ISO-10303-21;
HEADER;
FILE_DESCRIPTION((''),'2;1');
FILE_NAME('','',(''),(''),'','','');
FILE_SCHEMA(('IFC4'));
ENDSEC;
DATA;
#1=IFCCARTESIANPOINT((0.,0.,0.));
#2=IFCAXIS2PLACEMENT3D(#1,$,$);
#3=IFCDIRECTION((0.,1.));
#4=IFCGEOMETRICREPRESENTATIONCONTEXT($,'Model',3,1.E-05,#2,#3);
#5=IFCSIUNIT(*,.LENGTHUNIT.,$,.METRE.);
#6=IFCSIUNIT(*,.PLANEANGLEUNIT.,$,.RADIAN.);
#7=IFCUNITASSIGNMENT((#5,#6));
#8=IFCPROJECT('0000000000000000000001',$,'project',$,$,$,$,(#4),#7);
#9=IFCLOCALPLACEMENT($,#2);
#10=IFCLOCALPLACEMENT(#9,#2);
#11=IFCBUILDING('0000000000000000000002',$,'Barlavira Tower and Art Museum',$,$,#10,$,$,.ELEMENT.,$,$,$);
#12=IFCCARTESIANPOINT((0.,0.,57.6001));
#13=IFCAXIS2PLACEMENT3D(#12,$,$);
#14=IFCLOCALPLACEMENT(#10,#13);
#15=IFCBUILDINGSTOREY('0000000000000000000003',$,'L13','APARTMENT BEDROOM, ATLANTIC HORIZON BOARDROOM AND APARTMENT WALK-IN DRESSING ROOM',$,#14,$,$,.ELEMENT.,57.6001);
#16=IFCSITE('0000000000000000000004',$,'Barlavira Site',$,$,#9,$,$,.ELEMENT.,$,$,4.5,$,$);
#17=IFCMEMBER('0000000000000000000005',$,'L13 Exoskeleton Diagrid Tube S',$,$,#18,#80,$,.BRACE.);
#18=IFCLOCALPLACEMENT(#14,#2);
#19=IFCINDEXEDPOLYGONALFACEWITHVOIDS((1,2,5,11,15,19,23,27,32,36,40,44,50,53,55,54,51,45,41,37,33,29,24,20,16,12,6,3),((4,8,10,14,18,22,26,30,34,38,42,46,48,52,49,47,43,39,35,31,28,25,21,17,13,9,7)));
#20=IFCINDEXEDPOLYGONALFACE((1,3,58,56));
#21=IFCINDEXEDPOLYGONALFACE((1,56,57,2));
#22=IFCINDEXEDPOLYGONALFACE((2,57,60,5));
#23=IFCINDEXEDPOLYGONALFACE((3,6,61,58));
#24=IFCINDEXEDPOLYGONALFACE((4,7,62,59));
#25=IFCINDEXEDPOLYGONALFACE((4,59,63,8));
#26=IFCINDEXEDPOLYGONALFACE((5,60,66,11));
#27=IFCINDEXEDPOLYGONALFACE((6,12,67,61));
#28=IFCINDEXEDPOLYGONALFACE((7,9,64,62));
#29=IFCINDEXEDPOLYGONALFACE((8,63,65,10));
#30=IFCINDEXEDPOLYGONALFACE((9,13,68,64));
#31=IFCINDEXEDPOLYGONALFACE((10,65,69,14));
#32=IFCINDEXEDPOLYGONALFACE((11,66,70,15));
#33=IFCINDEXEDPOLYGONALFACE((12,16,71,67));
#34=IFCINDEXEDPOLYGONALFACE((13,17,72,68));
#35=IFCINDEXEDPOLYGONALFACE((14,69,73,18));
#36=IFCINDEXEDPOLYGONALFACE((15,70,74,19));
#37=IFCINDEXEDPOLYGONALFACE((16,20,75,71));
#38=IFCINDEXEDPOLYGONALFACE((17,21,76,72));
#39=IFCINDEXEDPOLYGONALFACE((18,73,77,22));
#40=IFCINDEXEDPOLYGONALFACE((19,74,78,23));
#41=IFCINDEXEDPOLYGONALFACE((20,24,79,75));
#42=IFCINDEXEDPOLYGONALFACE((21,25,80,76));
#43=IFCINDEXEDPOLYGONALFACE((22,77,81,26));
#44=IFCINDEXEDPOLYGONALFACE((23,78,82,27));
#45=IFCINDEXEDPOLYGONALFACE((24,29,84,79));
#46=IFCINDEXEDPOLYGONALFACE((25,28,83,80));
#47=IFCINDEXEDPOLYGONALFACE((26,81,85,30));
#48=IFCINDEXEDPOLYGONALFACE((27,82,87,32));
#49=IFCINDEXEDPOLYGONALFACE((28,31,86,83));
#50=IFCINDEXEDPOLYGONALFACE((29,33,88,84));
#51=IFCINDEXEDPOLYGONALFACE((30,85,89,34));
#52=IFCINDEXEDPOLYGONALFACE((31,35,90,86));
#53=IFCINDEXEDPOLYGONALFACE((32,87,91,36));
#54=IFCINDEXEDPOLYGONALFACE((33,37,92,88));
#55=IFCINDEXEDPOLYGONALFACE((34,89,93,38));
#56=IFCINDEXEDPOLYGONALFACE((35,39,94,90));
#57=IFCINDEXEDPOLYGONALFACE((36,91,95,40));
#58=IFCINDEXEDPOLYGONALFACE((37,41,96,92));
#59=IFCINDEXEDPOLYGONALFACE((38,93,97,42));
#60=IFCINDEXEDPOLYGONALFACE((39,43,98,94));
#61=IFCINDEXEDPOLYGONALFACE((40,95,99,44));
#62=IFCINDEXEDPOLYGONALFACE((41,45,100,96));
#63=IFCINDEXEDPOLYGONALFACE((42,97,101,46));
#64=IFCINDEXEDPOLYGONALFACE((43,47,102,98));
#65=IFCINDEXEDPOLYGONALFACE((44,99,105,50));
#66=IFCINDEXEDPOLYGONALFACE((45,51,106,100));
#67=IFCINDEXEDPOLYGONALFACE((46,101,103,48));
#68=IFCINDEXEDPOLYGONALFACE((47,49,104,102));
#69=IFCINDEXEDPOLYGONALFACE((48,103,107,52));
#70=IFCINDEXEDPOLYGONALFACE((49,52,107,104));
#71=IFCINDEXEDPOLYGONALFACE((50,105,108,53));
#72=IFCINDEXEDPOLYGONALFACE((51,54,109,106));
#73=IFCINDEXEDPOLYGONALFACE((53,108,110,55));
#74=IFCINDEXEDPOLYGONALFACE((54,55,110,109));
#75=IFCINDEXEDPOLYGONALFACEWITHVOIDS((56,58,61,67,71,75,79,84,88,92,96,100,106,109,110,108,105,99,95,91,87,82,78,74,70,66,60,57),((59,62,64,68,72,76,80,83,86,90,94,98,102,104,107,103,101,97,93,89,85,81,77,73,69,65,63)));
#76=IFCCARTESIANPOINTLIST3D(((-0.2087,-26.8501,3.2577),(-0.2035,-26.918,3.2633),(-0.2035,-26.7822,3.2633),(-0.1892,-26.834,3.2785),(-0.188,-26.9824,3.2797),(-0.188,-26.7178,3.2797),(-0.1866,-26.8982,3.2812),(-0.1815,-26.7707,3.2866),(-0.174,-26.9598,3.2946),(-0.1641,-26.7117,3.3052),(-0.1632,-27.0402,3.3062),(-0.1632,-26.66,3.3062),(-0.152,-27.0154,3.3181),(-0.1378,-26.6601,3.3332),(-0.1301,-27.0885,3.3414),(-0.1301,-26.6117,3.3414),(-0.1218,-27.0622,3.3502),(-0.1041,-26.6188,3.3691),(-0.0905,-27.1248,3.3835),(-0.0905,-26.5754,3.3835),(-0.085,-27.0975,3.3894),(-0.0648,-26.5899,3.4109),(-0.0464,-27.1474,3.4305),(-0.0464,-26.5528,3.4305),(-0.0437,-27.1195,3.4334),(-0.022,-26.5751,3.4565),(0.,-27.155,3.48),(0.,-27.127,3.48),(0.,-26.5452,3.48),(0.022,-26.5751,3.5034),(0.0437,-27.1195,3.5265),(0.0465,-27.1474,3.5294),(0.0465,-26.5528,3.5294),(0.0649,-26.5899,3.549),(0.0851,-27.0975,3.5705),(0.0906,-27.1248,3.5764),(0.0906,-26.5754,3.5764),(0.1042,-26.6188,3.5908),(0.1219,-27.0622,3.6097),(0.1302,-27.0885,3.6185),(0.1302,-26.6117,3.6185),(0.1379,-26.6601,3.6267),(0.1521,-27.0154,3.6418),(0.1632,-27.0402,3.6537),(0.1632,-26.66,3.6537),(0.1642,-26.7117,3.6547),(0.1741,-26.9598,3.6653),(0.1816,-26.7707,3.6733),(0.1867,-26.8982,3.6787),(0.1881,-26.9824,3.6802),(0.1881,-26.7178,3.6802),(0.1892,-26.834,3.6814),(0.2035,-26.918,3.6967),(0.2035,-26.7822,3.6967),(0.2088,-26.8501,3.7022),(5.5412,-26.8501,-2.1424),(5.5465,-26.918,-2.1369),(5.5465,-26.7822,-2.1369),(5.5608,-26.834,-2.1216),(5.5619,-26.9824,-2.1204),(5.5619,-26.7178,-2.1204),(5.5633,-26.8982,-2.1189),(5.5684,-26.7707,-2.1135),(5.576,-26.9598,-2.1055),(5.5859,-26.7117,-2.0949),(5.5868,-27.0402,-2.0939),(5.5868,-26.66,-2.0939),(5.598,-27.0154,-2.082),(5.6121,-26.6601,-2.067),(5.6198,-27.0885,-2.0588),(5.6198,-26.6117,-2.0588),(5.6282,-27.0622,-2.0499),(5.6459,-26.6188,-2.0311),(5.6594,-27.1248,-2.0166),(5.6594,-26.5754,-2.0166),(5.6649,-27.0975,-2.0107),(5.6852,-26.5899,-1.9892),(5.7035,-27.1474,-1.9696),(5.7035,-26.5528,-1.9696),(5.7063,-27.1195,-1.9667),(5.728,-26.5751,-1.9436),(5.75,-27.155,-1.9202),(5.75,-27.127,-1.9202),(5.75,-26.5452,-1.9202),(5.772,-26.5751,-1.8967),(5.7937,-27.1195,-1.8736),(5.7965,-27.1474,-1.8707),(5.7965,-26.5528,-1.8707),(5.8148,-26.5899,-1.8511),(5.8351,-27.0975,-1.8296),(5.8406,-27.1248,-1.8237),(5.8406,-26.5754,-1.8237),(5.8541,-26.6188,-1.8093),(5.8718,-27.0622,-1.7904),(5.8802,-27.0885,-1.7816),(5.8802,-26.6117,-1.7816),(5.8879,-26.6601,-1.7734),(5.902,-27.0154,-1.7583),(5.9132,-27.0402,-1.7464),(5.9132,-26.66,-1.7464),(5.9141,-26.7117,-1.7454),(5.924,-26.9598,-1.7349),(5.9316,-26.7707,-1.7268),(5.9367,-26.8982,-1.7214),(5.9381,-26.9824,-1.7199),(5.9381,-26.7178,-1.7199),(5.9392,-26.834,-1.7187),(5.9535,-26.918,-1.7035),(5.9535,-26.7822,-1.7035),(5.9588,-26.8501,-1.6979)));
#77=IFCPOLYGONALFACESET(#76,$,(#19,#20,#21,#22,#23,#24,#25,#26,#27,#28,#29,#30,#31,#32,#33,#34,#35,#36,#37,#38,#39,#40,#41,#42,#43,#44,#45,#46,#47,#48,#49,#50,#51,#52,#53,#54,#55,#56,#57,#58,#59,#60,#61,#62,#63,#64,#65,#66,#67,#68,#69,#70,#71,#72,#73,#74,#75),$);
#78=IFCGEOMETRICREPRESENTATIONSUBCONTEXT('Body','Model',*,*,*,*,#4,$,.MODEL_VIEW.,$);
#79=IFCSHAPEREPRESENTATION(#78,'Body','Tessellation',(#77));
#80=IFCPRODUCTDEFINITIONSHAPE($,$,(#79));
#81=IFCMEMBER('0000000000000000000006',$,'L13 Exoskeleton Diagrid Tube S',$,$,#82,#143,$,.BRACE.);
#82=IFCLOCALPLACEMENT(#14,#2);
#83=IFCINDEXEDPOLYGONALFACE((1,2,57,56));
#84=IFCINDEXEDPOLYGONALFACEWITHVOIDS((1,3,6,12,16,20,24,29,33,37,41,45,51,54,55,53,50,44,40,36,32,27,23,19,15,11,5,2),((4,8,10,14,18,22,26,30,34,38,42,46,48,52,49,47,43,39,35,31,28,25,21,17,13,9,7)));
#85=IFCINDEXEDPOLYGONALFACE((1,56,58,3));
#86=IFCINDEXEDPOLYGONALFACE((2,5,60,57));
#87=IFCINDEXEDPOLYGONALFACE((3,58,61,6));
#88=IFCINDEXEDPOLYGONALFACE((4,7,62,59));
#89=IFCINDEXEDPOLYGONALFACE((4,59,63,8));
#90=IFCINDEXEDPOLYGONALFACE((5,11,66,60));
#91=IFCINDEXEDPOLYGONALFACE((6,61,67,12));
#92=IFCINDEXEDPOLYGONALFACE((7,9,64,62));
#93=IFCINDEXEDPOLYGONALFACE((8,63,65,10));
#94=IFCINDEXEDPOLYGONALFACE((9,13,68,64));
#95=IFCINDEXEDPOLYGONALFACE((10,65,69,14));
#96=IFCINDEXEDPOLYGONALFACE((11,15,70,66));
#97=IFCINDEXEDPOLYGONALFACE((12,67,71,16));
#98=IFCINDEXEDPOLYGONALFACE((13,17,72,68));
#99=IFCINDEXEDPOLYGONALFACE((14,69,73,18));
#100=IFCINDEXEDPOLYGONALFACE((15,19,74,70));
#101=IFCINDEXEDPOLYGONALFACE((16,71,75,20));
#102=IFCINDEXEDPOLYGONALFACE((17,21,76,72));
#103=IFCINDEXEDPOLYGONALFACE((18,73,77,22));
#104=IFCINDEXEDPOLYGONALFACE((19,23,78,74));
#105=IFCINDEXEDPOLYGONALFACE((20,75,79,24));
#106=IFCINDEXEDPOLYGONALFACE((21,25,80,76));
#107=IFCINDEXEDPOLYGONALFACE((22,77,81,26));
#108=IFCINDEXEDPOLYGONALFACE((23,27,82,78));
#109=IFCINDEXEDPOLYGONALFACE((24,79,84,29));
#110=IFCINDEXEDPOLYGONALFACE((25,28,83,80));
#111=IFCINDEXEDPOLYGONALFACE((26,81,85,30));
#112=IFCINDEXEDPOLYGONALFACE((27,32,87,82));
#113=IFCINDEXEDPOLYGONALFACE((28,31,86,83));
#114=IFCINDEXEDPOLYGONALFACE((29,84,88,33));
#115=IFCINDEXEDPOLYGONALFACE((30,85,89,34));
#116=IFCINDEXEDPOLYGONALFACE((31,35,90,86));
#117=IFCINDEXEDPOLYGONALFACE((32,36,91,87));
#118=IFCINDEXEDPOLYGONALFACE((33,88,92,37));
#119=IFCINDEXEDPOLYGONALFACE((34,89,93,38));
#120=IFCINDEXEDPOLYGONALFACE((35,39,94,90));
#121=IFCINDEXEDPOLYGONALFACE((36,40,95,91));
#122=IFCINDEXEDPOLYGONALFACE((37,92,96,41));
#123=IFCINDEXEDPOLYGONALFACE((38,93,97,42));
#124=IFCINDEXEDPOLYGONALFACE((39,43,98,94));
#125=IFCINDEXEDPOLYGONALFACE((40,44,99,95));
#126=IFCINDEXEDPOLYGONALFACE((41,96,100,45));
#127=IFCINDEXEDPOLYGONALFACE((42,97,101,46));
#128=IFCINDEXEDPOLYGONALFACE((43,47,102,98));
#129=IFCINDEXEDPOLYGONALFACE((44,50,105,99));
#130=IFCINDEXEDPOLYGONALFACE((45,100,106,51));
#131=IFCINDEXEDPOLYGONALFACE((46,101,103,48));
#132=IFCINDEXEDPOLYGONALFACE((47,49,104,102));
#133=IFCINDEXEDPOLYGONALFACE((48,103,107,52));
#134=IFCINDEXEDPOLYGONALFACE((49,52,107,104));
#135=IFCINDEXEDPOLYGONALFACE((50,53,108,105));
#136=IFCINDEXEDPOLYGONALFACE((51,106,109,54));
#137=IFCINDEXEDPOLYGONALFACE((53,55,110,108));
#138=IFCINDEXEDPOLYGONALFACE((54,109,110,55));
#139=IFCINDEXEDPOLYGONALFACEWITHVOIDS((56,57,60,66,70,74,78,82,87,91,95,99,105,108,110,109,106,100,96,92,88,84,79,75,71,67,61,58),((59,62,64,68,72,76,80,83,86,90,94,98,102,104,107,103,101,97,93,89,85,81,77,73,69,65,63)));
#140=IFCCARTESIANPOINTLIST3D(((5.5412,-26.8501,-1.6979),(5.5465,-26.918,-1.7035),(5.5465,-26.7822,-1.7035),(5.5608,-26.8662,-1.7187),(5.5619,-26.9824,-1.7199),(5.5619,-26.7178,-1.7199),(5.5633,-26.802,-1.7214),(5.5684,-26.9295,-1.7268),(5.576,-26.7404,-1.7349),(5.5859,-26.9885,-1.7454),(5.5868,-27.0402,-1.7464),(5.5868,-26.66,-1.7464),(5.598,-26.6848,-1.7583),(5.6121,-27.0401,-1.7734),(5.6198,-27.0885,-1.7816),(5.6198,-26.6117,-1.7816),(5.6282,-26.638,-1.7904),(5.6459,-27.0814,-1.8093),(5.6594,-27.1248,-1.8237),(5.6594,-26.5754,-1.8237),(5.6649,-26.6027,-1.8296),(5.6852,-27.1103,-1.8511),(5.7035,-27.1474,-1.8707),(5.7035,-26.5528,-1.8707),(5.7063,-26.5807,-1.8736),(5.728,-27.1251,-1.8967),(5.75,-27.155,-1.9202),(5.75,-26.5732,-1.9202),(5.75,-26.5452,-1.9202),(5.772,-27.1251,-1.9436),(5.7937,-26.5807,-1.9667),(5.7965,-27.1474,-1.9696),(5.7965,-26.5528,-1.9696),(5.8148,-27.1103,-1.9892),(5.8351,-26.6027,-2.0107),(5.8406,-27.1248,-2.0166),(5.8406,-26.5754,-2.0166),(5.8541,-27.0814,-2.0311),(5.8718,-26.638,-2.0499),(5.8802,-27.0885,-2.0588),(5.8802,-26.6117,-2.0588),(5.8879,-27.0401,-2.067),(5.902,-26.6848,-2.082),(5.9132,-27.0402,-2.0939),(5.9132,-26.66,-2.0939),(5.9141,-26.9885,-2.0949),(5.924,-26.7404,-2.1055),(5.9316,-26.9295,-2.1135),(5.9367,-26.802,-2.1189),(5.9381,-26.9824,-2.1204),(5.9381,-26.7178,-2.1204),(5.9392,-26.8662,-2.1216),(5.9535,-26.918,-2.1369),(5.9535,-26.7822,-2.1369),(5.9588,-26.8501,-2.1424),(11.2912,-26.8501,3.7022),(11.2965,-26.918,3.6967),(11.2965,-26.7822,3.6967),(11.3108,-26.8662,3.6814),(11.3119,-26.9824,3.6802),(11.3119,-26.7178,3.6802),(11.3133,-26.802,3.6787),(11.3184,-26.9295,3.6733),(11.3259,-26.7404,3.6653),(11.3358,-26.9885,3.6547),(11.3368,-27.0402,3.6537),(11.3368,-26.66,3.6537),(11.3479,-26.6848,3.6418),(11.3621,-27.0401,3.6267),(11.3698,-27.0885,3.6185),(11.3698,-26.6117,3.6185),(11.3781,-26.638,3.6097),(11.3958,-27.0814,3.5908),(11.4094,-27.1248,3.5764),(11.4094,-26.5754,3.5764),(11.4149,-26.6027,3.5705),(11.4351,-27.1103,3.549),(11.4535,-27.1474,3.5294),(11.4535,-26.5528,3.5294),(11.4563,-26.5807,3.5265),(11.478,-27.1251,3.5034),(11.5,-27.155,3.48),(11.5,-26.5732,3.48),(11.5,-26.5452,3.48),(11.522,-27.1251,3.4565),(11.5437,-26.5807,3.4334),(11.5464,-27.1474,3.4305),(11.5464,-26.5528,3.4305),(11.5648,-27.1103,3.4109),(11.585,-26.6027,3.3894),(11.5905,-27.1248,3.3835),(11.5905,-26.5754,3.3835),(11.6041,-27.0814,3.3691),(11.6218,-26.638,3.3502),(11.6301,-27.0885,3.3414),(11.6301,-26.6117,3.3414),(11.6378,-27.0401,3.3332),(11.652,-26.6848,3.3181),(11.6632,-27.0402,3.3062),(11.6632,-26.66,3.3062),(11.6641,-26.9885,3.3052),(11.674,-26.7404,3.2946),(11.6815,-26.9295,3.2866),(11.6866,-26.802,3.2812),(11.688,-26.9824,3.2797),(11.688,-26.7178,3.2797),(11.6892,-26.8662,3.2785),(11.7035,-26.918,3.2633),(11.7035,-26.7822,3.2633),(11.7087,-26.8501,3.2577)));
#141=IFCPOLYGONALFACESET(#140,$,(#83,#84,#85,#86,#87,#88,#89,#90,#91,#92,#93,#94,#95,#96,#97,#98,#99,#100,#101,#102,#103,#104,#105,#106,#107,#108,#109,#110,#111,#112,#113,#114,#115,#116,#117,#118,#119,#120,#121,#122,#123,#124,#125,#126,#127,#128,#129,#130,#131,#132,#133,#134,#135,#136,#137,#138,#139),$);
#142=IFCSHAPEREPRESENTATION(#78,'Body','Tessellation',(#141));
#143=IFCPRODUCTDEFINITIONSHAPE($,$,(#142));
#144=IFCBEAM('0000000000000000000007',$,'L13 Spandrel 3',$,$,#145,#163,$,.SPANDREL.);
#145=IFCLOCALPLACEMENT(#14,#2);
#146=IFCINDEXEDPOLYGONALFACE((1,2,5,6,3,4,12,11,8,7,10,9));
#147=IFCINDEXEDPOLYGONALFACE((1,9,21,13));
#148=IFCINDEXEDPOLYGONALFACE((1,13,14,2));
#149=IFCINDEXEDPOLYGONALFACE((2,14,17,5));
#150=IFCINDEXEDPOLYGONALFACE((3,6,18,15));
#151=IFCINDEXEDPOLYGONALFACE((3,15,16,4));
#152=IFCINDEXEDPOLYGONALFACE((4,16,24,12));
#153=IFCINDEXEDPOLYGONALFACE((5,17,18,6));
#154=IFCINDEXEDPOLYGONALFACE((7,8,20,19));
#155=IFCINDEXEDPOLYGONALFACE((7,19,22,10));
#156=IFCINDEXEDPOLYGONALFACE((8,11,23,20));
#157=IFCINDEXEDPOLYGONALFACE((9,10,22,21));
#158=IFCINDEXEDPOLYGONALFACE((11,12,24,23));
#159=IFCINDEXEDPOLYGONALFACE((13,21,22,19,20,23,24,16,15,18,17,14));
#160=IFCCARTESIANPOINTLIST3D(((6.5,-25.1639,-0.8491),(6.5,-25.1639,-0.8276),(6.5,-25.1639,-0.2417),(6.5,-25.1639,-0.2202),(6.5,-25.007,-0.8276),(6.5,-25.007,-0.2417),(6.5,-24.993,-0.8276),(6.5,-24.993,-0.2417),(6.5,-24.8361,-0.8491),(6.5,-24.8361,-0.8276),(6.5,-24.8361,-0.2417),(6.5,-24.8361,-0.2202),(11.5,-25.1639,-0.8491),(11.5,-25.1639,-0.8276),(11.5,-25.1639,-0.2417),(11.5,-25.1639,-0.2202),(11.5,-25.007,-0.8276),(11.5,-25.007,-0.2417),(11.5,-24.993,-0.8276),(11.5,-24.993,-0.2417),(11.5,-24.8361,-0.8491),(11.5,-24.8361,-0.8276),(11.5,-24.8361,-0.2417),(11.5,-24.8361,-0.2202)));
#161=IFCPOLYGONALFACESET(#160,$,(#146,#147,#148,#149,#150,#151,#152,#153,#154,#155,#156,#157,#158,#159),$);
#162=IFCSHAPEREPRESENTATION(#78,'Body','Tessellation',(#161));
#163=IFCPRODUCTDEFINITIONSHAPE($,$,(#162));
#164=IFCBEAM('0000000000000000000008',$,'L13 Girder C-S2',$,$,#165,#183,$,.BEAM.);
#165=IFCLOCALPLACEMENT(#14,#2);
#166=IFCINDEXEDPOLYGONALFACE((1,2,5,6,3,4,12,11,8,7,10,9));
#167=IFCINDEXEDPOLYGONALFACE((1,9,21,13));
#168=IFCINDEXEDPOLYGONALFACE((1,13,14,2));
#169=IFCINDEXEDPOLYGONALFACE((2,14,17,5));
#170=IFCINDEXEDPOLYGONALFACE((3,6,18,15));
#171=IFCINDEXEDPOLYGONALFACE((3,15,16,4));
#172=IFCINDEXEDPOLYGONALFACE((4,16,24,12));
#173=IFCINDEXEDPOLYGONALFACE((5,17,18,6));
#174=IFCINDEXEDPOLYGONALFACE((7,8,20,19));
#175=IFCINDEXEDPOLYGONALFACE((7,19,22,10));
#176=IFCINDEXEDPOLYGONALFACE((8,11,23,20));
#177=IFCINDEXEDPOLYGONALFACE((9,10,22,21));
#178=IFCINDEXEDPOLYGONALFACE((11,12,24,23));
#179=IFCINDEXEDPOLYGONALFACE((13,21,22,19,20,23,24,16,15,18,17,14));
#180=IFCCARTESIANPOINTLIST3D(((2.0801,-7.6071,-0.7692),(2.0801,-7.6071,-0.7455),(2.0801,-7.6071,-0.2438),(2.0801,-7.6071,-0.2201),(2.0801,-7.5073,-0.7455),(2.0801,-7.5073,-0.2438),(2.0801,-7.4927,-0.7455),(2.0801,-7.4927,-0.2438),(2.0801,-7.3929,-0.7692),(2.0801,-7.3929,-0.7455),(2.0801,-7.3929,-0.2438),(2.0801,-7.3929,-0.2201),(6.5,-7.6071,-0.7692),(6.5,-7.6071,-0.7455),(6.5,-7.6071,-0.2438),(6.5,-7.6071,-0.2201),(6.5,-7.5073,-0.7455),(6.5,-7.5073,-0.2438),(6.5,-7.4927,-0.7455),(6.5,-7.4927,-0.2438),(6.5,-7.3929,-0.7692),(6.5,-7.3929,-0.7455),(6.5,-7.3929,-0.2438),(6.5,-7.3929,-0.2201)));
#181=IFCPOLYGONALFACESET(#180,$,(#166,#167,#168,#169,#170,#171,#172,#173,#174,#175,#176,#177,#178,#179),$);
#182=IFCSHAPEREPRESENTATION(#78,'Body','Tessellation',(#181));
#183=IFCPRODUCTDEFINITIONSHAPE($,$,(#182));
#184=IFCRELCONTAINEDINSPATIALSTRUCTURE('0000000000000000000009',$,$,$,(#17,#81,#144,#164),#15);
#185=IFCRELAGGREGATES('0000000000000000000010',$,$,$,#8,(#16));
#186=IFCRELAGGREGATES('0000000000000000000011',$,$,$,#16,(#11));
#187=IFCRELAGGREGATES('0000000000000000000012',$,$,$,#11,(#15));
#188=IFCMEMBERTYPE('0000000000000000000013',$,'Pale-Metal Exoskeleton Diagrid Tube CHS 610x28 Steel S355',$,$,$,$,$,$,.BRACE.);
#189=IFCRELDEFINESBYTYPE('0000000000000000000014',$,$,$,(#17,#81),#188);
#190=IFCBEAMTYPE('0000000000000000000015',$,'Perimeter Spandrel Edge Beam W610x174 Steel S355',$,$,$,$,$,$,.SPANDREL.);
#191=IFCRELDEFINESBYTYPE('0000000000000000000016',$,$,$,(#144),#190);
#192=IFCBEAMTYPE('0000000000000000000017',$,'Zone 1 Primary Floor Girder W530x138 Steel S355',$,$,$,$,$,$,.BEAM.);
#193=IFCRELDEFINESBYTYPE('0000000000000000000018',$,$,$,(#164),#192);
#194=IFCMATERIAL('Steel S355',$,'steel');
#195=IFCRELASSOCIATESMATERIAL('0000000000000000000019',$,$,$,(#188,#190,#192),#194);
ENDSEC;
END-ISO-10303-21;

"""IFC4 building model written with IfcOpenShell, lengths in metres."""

from ifc_helpers import new_model, si_unit, direction, frame, origin, origin_2d, place, context, subcontext, project, spatial, hollow_circle, i_section, extrude, material, material_profile, profile_set, type_object, element, save


model = new_model("IFC4")

# Units and contexts
model_context = context("Model", 3, precision=1e-05, world=origin(), true_north=direction((0.0, 1.0)))
body_context = subcontext(model_context, "Body", "Model", "MODEL_VIEW")
ifc_project = project(units=[si_unit("LENGTHUNIT", "METRE"), si_unit("PLANEANGLEUNIT", "RADIAN")], contexts=[model_context])

# Site, building, storey
site_placement = place(None, origin())
site = spatial("IfcSite", under=ifc_project, at=site_placement, Name="Barlavira Site", CompositionType="ELEMENT", RefElevation=4.5)
building_placement = place(site_placement, origin())
building = spatial("IfcBuilding", under=site, at=building_placement, Name="Barlavira Tower and Art Museum", CompositionType="ELEMENT")
storey_placement = place(building_placement, frame((0.0, 0.0, 57.6001)))
storey = spatial("IfcBuildingStorey", under=building, at=storey_placement, Name="L13", Description="APARTMENT BEDROOM, ATLANTIC HORIZON BOARDROOM AND APARTMENT WALK-IN DRESSING ROOM", CompositionType="ELEMENT", Elevation=57.6001)

# Shared definitions
ifc_material_1 = material(Name="Steel S355", Category="steel")

# Members
ifc_material_profile_1 = material_profile(ifc_material_1, hollow_circle(Radius=0.3049, WallThickness=0.0281, at=origin_2d()), Name="CHS 610.0x28.0")
ifc_profile_set_1 = profile_set([ifc_material_profile_1], Name="Steel S355")
member_type_1 = type_object("IfcMemberType", Name="Pale-Metal Exoskeleton Diagrid Tube CHS 610x28 Steel S355", PredefinedType="BRACE", material=ifc_profile_set_1)
for number, where, z_axis, x_axis, name in (
    (1, (5.75, -26.8501, -1.9202), (-0.728935, 0.0, 0.684583), (0.0, -1.0, 0.0), "L13 Exoskeleton Diagrid Tube S"),
    (2, (5.75, -26.8501, -1.9202), (0.728935, 0.0, 0.684583), (0.0, 1.0, 0.0), "L13 Exoskeleton Diagrid Tube S"),
):
    element("IfcMember", number, at=place(storey_placement, frame(where, z_axis=z_axis, x_axis=x_axis)), inside=storey, type_object=member_type_1, Name=name, PredefinedType="BRACE", context=body_context, shape_type="SweptSolid", body=[
        extrude(hollow_circle(Radius=0.3049, WallThickness=0.0281, at=origin_2d()), origin(), (0.0, 0.0, 1.0), 7.8882),
    ])

# Beams
ifc_material_profile_2 = material_profile(ifc_material_1, i_section(OverallWidth=0.3279, OverallDepth=0.6289, WebThickness=0.0139, FlangeThickness=0.0215, at=origin_2d()), Name="W610x174.0")
ifc_profile_set_2 = profile_set([ifc_material_profile_2], Name="Steel S355")
beam_type_1 = type_object("IfcBeamType", Name="Perimeter Spandrel Edge Beam W610x174 Steel S355", PredefinedType="SPANDREL", material=ifc_profile_set_2)
beam_1_placement = place(storey_placement, frame((6.5, -25.0, -0.5347), z_axis=(1.0, 0.0, 0.0), x_axis=(0.0, 1.0, 0.0)))
element("IfcBeam", 3, at=beam_1_placement, inside=storey, type_object=beam_type_1, Name="L13 Spandrel 3", PredefinedType="SPANDREL", context=body_context, shape_type="SweptSolid", body=[
    extrude(i_section(OverallWidth=0.3279, OverallDepth=0.6289, WebThickness=0.0139, FlangeThickness=0.0215, at=origin_2d()), origin(), (0.0, 0.0, 1.0), 5.0),
])
ifc_material_profile_3 = material_profile(ifc_material_1, i_section(OverallWidth=0.2141, OverallDepth=0.5491, WebThickness=0.0146, FlangeThickness=0.0237, at=origin_2d()), Name="W530x138.0")
ifc_profile_set_3 = profile_set([ifc_material_profile_3], Name="Steel S355")
beam_type_2 = type_object("IfcBeamType", Name="Zone 1 Primary Floor Girder W530x138 Steel S355", PredefinedType="BEAM", material=ifc_profile_set_3)
beam_2_placement = place(storey_placement, frame((2.0801, -7.5, -0.4946), z_axis=(1.0, 0.0, 0.0), x_axis=(0.0, 1.0, 0.0)))
element("IfcBeam", 4, at=beam_2_placement, inside=storey, type_object=beam_type_2, Name="L13 Girder C-S2", PredefinedType="BEAM", context=body_context, shape_type="SweptSolid", body=[
    extrude(i_section(OverallWidth=0.2141, OverallDepth=0.5491, WebThickness=0.0146, FlangeThickness=0.0237, at=origin_2d()), origin(), (0.0, 0.0, 1.0), 4.4199),
])

save(model, "model.ifc")
